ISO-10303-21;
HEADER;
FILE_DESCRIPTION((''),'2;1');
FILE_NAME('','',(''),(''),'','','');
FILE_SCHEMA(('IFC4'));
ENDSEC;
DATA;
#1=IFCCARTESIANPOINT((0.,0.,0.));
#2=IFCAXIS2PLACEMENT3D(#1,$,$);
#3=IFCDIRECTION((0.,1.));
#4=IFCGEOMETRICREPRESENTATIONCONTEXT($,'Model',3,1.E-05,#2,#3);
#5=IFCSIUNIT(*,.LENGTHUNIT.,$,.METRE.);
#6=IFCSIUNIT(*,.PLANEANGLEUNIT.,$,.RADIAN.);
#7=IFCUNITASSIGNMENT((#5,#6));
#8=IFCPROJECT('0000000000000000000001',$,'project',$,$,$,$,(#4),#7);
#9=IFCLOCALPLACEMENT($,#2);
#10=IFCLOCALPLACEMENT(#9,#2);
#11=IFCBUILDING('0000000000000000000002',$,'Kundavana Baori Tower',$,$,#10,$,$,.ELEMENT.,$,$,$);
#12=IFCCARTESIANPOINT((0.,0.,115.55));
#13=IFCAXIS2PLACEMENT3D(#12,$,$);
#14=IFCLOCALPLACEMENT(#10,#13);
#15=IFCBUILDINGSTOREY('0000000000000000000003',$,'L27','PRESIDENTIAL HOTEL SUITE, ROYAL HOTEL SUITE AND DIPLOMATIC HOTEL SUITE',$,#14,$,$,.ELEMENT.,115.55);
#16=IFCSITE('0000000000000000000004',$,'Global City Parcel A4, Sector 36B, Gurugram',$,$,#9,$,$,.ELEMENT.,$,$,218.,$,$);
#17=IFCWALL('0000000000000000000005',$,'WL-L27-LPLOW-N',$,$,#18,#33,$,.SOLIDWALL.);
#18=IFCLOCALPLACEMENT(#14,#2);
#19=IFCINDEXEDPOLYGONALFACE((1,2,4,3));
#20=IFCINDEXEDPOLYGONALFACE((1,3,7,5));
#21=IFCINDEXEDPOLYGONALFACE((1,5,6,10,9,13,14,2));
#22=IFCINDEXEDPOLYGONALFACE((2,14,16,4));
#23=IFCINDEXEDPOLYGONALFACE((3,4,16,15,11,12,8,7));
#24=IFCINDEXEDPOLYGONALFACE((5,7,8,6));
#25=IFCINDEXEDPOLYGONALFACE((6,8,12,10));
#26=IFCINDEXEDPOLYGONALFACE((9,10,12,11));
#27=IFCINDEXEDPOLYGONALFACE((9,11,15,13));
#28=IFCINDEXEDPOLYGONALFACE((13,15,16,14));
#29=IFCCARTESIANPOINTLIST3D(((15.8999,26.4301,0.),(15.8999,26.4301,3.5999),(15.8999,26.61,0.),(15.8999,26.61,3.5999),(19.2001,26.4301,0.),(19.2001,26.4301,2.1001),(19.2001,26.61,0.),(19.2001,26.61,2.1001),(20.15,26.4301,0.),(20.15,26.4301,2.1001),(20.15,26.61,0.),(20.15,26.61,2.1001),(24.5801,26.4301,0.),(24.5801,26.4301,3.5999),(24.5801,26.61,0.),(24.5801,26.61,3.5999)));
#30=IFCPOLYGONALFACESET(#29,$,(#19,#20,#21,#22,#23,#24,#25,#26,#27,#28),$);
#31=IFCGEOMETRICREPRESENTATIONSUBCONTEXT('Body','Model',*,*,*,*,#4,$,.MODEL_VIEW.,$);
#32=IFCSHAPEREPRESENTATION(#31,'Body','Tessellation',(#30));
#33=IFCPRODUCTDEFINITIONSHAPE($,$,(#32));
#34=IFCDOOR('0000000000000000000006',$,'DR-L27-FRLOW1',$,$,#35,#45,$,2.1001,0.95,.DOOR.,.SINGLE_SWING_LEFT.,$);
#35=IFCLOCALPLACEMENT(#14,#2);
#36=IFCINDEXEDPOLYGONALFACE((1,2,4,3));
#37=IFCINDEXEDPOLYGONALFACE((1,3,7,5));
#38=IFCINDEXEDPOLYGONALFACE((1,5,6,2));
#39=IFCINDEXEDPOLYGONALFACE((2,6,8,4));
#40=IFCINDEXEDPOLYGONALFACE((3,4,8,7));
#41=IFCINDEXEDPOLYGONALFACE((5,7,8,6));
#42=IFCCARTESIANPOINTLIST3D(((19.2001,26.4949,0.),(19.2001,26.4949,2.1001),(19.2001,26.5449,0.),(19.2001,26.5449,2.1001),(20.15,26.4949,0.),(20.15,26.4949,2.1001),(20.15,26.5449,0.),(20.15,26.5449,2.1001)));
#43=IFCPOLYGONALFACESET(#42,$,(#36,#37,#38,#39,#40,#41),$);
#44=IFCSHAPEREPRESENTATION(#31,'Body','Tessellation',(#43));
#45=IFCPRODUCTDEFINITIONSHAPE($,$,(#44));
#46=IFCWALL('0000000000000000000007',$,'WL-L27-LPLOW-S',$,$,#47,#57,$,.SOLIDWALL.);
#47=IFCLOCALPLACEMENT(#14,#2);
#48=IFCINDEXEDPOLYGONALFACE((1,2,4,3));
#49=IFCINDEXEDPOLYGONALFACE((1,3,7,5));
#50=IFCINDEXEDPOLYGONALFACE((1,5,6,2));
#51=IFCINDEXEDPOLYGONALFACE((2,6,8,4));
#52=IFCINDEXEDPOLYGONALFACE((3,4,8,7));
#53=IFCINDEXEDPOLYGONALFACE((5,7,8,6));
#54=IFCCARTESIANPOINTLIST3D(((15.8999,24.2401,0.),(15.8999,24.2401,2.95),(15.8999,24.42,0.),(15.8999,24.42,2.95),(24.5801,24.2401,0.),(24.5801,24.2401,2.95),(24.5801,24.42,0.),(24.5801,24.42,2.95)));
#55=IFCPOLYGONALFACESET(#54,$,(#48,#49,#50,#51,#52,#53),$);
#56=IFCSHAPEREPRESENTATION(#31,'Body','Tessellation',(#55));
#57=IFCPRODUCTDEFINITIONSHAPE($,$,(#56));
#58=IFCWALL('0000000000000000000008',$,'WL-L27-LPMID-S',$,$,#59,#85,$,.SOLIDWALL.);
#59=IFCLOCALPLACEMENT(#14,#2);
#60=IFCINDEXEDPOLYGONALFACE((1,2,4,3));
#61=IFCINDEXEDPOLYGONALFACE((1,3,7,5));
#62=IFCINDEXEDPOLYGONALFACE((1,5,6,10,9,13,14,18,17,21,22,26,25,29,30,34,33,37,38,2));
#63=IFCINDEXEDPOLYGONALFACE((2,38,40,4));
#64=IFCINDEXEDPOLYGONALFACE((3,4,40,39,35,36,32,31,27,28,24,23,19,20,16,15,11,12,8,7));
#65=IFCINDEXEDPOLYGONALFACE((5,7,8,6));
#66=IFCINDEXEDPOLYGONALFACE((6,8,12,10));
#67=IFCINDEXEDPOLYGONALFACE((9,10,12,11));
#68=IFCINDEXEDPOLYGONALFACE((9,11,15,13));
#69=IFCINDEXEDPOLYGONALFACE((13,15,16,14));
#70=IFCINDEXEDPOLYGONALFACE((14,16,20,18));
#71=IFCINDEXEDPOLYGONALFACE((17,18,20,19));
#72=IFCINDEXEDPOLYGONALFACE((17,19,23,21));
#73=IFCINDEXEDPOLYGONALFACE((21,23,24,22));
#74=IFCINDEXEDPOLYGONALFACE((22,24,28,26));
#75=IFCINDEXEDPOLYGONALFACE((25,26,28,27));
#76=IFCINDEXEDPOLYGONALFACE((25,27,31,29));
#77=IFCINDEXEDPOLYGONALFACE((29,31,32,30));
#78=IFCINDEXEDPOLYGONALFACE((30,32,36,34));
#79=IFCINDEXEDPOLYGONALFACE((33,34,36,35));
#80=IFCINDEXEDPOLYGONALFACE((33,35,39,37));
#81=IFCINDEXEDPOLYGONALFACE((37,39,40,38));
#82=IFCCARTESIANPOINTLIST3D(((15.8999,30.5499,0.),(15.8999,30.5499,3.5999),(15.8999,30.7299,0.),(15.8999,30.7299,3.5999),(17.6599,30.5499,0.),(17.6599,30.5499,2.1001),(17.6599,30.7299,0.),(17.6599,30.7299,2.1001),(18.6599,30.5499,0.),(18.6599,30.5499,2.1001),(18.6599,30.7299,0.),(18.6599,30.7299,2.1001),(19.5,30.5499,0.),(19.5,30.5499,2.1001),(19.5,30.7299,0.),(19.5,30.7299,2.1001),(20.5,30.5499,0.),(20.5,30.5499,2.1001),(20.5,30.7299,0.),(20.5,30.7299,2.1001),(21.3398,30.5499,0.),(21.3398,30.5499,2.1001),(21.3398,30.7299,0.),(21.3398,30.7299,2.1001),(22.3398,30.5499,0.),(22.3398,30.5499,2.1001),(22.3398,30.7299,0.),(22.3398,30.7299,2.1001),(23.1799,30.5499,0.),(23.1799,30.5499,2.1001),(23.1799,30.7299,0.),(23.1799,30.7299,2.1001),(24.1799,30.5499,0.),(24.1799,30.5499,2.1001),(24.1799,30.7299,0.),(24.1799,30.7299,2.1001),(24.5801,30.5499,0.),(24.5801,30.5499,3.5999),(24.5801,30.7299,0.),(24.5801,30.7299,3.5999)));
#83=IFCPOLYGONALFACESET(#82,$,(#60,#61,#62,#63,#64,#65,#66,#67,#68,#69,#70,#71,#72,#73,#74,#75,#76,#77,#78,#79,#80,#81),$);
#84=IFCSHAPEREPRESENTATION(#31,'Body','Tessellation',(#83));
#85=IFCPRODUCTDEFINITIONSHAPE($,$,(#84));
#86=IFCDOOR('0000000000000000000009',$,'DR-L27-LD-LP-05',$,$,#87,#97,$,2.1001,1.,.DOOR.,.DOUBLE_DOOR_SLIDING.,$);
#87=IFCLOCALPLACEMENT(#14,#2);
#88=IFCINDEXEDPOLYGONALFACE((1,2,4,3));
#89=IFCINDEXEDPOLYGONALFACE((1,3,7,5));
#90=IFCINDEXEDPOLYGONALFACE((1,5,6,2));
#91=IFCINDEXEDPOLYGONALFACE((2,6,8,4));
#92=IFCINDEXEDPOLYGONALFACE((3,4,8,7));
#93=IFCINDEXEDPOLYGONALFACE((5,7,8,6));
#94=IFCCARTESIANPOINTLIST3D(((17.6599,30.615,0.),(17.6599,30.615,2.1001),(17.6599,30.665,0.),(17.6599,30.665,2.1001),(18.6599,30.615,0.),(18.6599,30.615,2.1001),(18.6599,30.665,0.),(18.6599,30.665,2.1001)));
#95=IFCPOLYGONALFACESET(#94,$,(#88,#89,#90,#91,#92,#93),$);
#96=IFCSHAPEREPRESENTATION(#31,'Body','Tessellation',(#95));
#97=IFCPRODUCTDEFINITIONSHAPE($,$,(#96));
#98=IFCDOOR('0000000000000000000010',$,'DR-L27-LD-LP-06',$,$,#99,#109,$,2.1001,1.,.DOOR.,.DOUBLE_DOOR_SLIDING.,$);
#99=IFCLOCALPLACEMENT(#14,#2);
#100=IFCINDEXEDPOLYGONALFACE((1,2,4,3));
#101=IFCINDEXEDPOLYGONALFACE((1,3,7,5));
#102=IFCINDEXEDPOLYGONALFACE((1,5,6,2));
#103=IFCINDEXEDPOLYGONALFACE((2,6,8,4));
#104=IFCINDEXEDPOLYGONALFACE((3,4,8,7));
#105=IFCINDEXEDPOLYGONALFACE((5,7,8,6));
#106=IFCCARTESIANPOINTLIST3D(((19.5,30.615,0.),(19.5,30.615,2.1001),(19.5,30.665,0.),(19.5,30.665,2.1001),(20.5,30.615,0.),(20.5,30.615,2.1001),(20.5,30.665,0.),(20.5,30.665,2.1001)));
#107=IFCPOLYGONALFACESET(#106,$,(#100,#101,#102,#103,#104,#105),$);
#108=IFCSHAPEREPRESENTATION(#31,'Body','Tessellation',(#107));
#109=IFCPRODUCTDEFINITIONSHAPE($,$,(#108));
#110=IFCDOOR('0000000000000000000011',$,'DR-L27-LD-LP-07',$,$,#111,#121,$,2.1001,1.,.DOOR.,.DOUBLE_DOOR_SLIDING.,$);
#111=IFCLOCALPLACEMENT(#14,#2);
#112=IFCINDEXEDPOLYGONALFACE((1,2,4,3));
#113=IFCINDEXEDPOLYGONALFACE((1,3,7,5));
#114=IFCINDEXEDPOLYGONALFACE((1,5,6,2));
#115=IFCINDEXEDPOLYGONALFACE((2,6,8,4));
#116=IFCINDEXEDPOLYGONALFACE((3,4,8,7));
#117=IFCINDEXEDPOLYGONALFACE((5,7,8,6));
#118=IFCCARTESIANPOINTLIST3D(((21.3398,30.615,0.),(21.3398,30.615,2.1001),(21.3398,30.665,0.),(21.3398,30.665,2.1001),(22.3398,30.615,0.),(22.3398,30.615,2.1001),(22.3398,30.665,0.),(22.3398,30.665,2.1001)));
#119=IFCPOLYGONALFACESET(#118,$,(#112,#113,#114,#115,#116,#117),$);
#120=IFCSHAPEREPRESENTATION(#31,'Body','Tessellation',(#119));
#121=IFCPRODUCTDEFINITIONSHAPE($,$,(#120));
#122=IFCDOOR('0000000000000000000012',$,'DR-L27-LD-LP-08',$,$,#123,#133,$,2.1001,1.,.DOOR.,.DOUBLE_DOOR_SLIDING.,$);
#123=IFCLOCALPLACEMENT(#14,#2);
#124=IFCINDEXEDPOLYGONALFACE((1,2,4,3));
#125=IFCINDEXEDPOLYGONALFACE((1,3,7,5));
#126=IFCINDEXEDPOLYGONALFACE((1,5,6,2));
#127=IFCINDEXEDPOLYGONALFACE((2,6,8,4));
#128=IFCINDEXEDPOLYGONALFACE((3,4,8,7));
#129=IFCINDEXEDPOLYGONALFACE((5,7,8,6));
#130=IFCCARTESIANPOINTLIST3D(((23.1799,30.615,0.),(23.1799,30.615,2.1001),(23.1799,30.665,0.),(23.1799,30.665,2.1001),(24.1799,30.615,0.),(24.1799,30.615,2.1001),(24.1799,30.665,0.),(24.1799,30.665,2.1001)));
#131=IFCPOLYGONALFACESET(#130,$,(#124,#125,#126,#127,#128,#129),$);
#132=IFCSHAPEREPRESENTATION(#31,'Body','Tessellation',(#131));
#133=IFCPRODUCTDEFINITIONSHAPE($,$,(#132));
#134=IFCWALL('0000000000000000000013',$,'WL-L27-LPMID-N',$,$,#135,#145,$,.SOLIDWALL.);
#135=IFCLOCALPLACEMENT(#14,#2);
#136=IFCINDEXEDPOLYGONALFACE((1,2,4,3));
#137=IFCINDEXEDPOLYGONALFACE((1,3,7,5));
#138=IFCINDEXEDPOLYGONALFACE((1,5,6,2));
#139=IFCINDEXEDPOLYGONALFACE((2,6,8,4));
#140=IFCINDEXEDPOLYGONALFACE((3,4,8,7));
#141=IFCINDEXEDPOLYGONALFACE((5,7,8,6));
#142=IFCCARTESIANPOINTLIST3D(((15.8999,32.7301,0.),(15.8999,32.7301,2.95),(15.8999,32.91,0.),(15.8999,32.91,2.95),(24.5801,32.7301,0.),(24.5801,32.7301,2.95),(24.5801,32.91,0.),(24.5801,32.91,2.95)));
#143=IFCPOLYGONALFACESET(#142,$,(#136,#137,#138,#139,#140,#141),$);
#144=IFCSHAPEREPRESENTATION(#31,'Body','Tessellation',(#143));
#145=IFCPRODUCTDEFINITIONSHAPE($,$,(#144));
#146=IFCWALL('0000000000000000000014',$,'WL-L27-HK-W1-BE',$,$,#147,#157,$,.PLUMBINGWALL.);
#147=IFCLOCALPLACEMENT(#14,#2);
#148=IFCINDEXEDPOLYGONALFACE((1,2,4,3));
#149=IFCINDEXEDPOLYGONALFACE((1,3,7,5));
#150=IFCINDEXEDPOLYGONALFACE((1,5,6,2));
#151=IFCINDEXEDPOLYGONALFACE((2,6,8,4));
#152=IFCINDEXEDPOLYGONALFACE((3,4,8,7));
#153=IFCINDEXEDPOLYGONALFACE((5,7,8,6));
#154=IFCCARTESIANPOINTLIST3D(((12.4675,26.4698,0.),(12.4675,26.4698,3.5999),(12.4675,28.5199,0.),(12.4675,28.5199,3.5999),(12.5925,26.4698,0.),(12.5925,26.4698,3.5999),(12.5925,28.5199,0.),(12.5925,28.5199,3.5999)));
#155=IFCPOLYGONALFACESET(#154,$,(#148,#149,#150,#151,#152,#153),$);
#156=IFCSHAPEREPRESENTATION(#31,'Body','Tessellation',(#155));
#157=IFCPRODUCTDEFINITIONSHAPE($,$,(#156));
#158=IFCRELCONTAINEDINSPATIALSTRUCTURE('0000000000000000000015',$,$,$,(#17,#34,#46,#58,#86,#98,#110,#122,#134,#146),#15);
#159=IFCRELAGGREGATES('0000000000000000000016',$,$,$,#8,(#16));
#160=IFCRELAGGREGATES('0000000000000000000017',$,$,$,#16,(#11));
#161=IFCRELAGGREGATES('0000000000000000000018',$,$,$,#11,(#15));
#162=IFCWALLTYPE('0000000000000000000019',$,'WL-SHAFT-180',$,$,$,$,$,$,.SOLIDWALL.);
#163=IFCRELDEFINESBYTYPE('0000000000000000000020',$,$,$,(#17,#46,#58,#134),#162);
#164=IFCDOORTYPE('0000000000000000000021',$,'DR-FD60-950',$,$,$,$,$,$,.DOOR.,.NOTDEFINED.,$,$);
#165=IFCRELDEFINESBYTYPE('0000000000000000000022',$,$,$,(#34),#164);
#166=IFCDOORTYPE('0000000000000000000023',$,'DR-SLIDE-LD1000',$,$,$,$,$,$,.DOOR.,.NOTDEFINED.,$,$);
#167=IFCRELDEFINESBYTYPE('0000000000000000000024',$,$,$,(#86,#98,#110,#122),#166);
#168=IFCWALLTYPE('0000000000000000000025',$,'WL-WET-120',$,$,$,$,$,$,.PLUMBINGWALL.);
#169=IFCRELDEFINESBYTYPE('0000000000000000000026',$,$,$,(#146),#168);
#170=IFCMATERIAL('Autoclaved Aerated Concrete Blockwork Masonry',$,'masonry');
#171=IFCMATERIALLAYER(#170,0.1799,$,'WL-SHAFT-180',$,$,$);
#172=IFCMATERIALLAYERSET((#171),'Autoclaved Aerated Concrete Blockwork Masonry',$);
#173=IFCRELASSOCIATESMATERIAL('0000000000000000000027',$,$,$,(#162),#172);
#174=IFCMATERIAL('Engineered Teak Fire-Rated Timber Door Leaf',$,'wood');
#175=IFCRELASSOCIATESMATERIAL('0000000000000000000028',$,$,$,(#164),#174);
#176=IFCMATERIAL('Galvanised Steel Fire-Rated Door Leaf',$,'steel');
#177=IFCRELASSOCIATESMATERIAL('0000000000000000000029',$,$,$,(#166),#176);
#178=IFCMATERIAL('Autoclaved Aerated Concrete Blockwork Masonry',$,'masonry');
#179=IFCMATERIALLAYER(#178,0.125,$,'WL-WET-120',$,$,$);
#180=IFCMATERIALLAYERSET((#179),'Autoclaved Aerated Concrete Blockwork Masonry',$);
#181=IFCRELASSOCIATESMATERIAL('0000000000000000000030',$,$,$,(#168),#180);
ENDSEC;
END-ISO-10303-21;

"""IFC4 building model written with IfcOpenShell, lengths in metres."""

from ifc_helpers import new_model, si_unit, direction, frame, frame_2d, origin, place, context, subcontext, project, spatial, rectangle, extrude, material, layer, layer_set, type_object, element, fill, save


model = new_model("IFC4")

# Units and contexts
model_context = context("Model", 3, precision=1e-05, world=origin(), true_north=direction((0.0, 1.0)))
body_context = subcontext(model_context, "Body", "Model", "MODEL_VIEW")
ifc_project = project(units=[si_unit("LENGTHUNIT", "METRE"), si_unit("PLANEANGLEUNIT", "RADIAN")], contexts=[model_context])

# Site, building, storey
site_placement = place(None, origin())
site = spatial("IfcSite", under=ifc_project, at=site_placement, Name="Global City Parcel A4, Sector 36B, Gurugram", CompositionType="ELEMENT", RefElevation=218.0)
building_placement = place(site_placement, origin())
building = spatial("IfcBuilding", under=site, at=building_placement, Name="Kundavana Baori Tower", CompositionType="ELEMENT")
storey_placement = place(building_placement, frame((0.0, 0.0, 115.55)))
storey = spatial("IfcBuildingStorey", under=building, at=storey_placement, Name="L27", Description="PRESIDENTIAL HOTEL SUITE, ROYAL HOTEL SUITE AND DIPLOMATIC HOTEL SUITE", CompositionType="ELEMENT", Elevation=115.55)

# Wall, opening, door
ifc_material_1 = material(Name="Autoclaved Aerated Concrete Blockwork Masonry", Category="masonry")
ifc_layer_1 = layer(ifc_material_1, 0.1799, Name="WL-SHAFT-180")
ifc_layer_set_1 = layer_set([ifc_layer_1], Name="Autoclaved Aerated Concrete Blockwork Masonry")
wall_type_1 = type_object("IfcWallType", Name="WL-SHAFT-180", PredefinedType="SOLIDWALL", material=ifc_layer_set_1)
wall_1_placement = place(storey_placement, frame((15.8999, 26.52, 0.0), z_axis=(0.0, 0.0, 1.0), x_axis=(1.0, 0.0, 0.0)))
wall_1 = element("IfcWall", 1, at=wall_1_placement, inside=storey, type_object=wall_type_1, Name="WL-L27-LPLOW-N", PredefinedType="SOLIDWALL", context=body_context, shape_type="SweptSolid", body=[
    extrude(rectangle(XDim=8.6802, YDim=0.1799, at=frame_2d((4.3401, 0.0))), origin(), (0.0, 0.0, 1.0), 3.5999),
])
opening_1_placement = place(wall_1_placement, frame((3.3, 0.0, 0.0)))
opening_1 = element("IfcOpeningElement", 2, at=opening_1_placement, cuts=wall_1, PredefinedType="OPENING", context=body_context, shape_type="SweptSolid", body=[
    extrude(rectangle(XDim=0.95, YDim=2.1001, at=frame_2d((0.4751, 1.05))), frame((0.0, 0.1001, 0.0), z_axis=(0.0, -1.0, 0.0), x_axis=(1.0, 0.0, 0.0)), (0.0, 0.0, 1.0), 0.2),
])
ifc_material_2 = material(Name="Engineered Teak Fire-Rated Timber Door Leaf", Category="wood")
door_type_1 = type_object("IfcDoorType", Name="DR-FD60-950", OperationType="NOTDEFINED", PredefinedType="DOOR", material=ifc_material_2)
door_1_placement = place(opening_1_placement, origin())
door_1 = element("IfcDoor", 3, at=door_1_placement, inside=storey, type_object=door_type_1, Name="DR-L27-FRLOW1", OperationType="SINGLE_SWING_LEFT", OverallHeight=2.1001, OverallWidth=0.95, PredefinedType="DOOR", context=body_context, shape_type="SweptSolid", body=[
    extrude(rectangle(XDim=0.95, YDim=2.1001, at=frame_2d((0.4751, 1.05))), frame((0.0, 0.0249, 0.0), z_axis=(0.0, -1.0, 0.0), x_axis=(1.0, 0.0, 0.0)), (0.0, 0.0, 1.0), 0.05),
])
fill(opening_1, door_1)

# Wall
wall_2_placement = place(storey_placement, frame((15.8999, 24.3301, 0.0), z_axis=(0.0, 0.0, 1.0), x_axis=(1.0, 0.0, 0.0)))
element("IfcWall", 4, at=wall_2_placement, inside=storey, type_object=wall_type_1, Name="WL-L27-LPLOW-S", PredefinedType="SOLIDWALL", context=body_context, shape_type="SweptSolid", body=[
    extrude(rectangle(XDim=8.6802, YDim=0.1799, at=frame_2d((4.3401, 0.0))), origin(), (0.0, 0.0, 1.0), 2.95),
])

# Wall, openings, doors
wall_3_placement = place(storey_placement, frame((15.8999, 30.6399, 0.0), z_axis=(0.0, 0.0, 1.0), x_axis=(1.0, 0.0, 0.0)))
wall_3 = element("IfcWall", 5, at=wall_3_placement, inside=storey, type_object=wall_type_1, Name="WL-L27-LPMID-S", PredefinedType="SOLIDWALL", context=body_context, shape_type="SweptSolid", body=[
    extrude(rectangle(XDim=8.6802, YDim=0.1799, at=frame_2d((4.3401, 0.0))), origin(), (0.0, 0.0, 1.0), 3.5999),
])
opening_2_placement = place(wall_3_placement, frame((1.76, 0.0, 0.0)))
opening_2 = element("IfcOpeningElement", 6, at=opening_2_placement, cuts=wall_3, PredefinedType="OPENING", context=body_context, shape_type="SweptSolid", body=[
    extrude(rectangle(XDim=1.0, YDim=2.1001, at=frame_2d((0.5, 1.05))), frame((0.0, 0.1001, 0.0), z_axis=(0.0, -1.0, 0.0), x_axis=(1.0, 0.0, 0.0)), (0.0, 0.0, 1.0), 0.2),
])
opening_3_placement = place(wall_3_placement, frame((3.6001, 0.0, 0.0)))
opening_3 = element("IfcOpeningElement", 7, at=opening_3_placement, cuts=wall_3, PredefinedType="OPENING", context=body_context, shape_type="SweptSolid", body=[
    extrude(rectangle(XDim=1.0, YDim=2.1001, at=frame_2d((0.5, 1.05))), frame((0.0, 0.1001, 0.0), z_axis=(0.0, -1.0, 0.0), x_axis=(1.0, 0.0, 0.0)), (0.0, 0.0, 1.0), 0.2),
])
opening_4_placement = place(wall_3_placement, frame((5.4399, 0.0, 0.0)))
opening_4 = element("IfcOpeningElement", 8, at=opening_4_placement, cuts=wall_3, PredefinedType="OPENING", context=body_context, shape_type="SweptSolid", body=[
    extrude(rectangle(XDim=1.0, YDim=2.1001, at=frame_2d((0.5, 1.05))), frame((0.0, 0.1001, 0.0), z_axis=(0.0, -1.0, 0.0), x_axis=(1.0, 0.0, 0.0)), (0.0, 0.0, 1.0), 0.2),
])
opening_5_placement = place(wall_3_placement, frame((7.28, 0.0, 0.0)))
opening_5 = element("IfcOpeningElement", 9, at=opening_5_placement, cuts=wall_3, PredefinedType="OPENING", context=body_context, shape_type="SweptSolid", body=[
    extrude(rectangle(XDim=1.0, YDim=2.1001, at=frame_2d((0.5, 1.05))), frame((0.0, 0.1001, 0.0), z_axis=(0.0, -1.0, 0.0), x_axis=(1.0, 0.0, 0.0)), (0.0, 0.0, 1.0), 0.2),
])
ifc_material_3 = material(Name="Galvanised Steel Fire-Rated Door Leaf", Category="steel")
door_type_2 = type_object("IfcDoorType", Name="DR-SLIDE-LD1000", OperationType="NOTDEFINED", PredefinedType="DOOR", material=ifc_material_3)
door_2_placement = place(opening_2_placement, frame((1.0, 0.0, 0.0), z_axis=(0.0, 0.0, 1.0), x_axis=(-1.0, 0.0, 0.0)))
door_2 = element("IfcDoor", 10, at=door_2_placement, inside=storey, type_object=door_type_2, Name="DR-L27-LD-LP-05", OperationType="DOUBLE_DOOR_SLIDING", OverallHeight=2.1001, OverallWidth=1.0, PredefinedType="DOOR", context=body_context, shape_type="SweptSolid", body=[
    extrude(rectangle(XDim=1.0, YDim=2.1001, at=frame_2d((0.5, 1.05))), frame((0.0, 0.0249, 0.0), z_axis=(0.0, -1.0, 0.0), x_axis=(1.0, 0.0, 0.0)), (0.0, 0.0, 1.0), 0.05),
])
fill(opening_2, door_2)
door_3_placement = place(opening_3_placement, frame((1.0, 0.0, 0.0), z_axis=(0.0, 0.0, 1.0), x_axis=(-1.0, 0.0, 0.0)))
door_3 = element("IfcDoor", 11, at=door_3_placement, inside=storey, type_object=door_type_2, Name="DR-L27-LD-LP-06", OperationType="DOUBLE_DOOR_SLIDING", OverallHeight=2.1001, OverallWidth=1.0, PredefinedType="DOOR", context=body_context, shape_type="SweptSolid", body=[
    extrude(rectangle(XDim=1.0, YDim=2.1001, at=frame_2d((0.5, 1.05))), frame((0.0, 0.0249, 0.0), z_axis=(0.0, -1.0, 0.0), x_axis=(1.0, 0.0, 0.0)), (0.0, 0.0, 1.0), 0.05),
])
fill(opening_3, door_3)
door_4_placement = place(opening_4_placement, frame((1.0, 0.0, 0.0), z_axis=(0.0, 0.0, 1.0), x_axis=(-1.0, 0.0, 0.0)))
door_4 = element("IfcDoor", 12, at=door_4_placement, inside=storey, type_object=door_type_2, Name="DR-L27-LD-LP-07", OperationType="DOUBLE_DOOR_SLIDING", OverallHeight=2.1001, OverallWidth=1.0, PredefinedType="DOOR", context=body_context, shape_type="SweptSolid", body=[
    extrude(rectangle(XDim=1.0, YDim=2.1001, at=frame_2d((0.5, 1.05))), frame((0.0, 0.0249, 0.0), z_axis=(0.0, -1.0, 0.0), x_axis=(1.0, 0.0, 0.0)), (0.0, 0.0, 1.0), 0.05),
])
fill(opening_4, door_4)
door_5_placement = place(opening_5_placement, frame((1.0, 0.0, 0.0), z_axis=(0.0, 0.0, 1.0), x_axis=(-1.0, 0.0, 0.0)))
door_5 = element("IfcDoor", 13, at=door_5_placement, inside=storey, type_object=door_type_2, Name="DR-L27-LD-LP-08", OperationType="DOUBLE_DOOR_SLIDING", OverallHeight=2.1001, OverallWidth=1.0, PredefinedType="DOOR", context=body_context, shape_type="SweptSolid", body=[
    extrude(rectangle(XDim=1.0, YDim=2.1001, at=frame_2d((0.5, 1.05))), frame((0.0, 0.0249, 0.0), z_axis=(0.0, -1.0, 0.0), x_axis=(1.0, 0.0, 0.0)), (0.0, 0.0, 1.0), 0.05),
])
fill(opening_5, door_5)

# Walls
wall_4_placement = place(storey_placement, frame((15.8999, 32.8201, 0.0), z_axis=(0.0, 0.0, 1.0), x_axis=(1.0, 0.0, 0.0)))
element("IfcWall", 14, at=wall_4_placement, inside=storey, type_object=wall_type_1, Name="WL-L27-LPMID-N", PredefinedType="SOLIDWALL", context=body_context, shape_type="SweptSolid", body=[
    extrude(rectangle(XDim=8.6802, YDim=0.1799, at=frame_2d((4.3401, 0.0))), origin(), (0.0, 0.0, 1.0), 2.95),
])
ifc_material_4 = material(Name="Autoclaved Aerated Concrete Blockwork Masonry", Category="masonry")
ifc_layer_2 = layer(ifc_material_4, 0.125, Name="WL-WET-120")
ifc_layer_set_2 = layer_set([ifc_layer_2], Name="Autoclaved Aerated Concrete Blockwork Masonry")
wall_type_2 = type_object("IfcWallType", Name="WL-WET-120", PredefinedType="PLUMBINGWALL", material=ifc_layer_set_2)
wall_5_placement = place(storey_placement, frame((12.53, 26.47, 0.0), z_axis=(0.0, 0.0, 1.0), x_axis=(0.0, 1.0, 0.0)))
element("IfcWall", 15, at=wall_5_placement, inside=storey, type_object=wall_type_2, Name="WL-L27-HK-W1-BE", PredefinedType="PLUMBINGWALL", context=body_context, shape_type="SweptSolid", body=[
    extrude(rectangle(XDim=2.05, YDim=0.125, at=frame_2d((1.0249, 0.0))), origin(), (0.0, 0.0, 1.0), 3.5999),
])

save(model, "model.ifc")
